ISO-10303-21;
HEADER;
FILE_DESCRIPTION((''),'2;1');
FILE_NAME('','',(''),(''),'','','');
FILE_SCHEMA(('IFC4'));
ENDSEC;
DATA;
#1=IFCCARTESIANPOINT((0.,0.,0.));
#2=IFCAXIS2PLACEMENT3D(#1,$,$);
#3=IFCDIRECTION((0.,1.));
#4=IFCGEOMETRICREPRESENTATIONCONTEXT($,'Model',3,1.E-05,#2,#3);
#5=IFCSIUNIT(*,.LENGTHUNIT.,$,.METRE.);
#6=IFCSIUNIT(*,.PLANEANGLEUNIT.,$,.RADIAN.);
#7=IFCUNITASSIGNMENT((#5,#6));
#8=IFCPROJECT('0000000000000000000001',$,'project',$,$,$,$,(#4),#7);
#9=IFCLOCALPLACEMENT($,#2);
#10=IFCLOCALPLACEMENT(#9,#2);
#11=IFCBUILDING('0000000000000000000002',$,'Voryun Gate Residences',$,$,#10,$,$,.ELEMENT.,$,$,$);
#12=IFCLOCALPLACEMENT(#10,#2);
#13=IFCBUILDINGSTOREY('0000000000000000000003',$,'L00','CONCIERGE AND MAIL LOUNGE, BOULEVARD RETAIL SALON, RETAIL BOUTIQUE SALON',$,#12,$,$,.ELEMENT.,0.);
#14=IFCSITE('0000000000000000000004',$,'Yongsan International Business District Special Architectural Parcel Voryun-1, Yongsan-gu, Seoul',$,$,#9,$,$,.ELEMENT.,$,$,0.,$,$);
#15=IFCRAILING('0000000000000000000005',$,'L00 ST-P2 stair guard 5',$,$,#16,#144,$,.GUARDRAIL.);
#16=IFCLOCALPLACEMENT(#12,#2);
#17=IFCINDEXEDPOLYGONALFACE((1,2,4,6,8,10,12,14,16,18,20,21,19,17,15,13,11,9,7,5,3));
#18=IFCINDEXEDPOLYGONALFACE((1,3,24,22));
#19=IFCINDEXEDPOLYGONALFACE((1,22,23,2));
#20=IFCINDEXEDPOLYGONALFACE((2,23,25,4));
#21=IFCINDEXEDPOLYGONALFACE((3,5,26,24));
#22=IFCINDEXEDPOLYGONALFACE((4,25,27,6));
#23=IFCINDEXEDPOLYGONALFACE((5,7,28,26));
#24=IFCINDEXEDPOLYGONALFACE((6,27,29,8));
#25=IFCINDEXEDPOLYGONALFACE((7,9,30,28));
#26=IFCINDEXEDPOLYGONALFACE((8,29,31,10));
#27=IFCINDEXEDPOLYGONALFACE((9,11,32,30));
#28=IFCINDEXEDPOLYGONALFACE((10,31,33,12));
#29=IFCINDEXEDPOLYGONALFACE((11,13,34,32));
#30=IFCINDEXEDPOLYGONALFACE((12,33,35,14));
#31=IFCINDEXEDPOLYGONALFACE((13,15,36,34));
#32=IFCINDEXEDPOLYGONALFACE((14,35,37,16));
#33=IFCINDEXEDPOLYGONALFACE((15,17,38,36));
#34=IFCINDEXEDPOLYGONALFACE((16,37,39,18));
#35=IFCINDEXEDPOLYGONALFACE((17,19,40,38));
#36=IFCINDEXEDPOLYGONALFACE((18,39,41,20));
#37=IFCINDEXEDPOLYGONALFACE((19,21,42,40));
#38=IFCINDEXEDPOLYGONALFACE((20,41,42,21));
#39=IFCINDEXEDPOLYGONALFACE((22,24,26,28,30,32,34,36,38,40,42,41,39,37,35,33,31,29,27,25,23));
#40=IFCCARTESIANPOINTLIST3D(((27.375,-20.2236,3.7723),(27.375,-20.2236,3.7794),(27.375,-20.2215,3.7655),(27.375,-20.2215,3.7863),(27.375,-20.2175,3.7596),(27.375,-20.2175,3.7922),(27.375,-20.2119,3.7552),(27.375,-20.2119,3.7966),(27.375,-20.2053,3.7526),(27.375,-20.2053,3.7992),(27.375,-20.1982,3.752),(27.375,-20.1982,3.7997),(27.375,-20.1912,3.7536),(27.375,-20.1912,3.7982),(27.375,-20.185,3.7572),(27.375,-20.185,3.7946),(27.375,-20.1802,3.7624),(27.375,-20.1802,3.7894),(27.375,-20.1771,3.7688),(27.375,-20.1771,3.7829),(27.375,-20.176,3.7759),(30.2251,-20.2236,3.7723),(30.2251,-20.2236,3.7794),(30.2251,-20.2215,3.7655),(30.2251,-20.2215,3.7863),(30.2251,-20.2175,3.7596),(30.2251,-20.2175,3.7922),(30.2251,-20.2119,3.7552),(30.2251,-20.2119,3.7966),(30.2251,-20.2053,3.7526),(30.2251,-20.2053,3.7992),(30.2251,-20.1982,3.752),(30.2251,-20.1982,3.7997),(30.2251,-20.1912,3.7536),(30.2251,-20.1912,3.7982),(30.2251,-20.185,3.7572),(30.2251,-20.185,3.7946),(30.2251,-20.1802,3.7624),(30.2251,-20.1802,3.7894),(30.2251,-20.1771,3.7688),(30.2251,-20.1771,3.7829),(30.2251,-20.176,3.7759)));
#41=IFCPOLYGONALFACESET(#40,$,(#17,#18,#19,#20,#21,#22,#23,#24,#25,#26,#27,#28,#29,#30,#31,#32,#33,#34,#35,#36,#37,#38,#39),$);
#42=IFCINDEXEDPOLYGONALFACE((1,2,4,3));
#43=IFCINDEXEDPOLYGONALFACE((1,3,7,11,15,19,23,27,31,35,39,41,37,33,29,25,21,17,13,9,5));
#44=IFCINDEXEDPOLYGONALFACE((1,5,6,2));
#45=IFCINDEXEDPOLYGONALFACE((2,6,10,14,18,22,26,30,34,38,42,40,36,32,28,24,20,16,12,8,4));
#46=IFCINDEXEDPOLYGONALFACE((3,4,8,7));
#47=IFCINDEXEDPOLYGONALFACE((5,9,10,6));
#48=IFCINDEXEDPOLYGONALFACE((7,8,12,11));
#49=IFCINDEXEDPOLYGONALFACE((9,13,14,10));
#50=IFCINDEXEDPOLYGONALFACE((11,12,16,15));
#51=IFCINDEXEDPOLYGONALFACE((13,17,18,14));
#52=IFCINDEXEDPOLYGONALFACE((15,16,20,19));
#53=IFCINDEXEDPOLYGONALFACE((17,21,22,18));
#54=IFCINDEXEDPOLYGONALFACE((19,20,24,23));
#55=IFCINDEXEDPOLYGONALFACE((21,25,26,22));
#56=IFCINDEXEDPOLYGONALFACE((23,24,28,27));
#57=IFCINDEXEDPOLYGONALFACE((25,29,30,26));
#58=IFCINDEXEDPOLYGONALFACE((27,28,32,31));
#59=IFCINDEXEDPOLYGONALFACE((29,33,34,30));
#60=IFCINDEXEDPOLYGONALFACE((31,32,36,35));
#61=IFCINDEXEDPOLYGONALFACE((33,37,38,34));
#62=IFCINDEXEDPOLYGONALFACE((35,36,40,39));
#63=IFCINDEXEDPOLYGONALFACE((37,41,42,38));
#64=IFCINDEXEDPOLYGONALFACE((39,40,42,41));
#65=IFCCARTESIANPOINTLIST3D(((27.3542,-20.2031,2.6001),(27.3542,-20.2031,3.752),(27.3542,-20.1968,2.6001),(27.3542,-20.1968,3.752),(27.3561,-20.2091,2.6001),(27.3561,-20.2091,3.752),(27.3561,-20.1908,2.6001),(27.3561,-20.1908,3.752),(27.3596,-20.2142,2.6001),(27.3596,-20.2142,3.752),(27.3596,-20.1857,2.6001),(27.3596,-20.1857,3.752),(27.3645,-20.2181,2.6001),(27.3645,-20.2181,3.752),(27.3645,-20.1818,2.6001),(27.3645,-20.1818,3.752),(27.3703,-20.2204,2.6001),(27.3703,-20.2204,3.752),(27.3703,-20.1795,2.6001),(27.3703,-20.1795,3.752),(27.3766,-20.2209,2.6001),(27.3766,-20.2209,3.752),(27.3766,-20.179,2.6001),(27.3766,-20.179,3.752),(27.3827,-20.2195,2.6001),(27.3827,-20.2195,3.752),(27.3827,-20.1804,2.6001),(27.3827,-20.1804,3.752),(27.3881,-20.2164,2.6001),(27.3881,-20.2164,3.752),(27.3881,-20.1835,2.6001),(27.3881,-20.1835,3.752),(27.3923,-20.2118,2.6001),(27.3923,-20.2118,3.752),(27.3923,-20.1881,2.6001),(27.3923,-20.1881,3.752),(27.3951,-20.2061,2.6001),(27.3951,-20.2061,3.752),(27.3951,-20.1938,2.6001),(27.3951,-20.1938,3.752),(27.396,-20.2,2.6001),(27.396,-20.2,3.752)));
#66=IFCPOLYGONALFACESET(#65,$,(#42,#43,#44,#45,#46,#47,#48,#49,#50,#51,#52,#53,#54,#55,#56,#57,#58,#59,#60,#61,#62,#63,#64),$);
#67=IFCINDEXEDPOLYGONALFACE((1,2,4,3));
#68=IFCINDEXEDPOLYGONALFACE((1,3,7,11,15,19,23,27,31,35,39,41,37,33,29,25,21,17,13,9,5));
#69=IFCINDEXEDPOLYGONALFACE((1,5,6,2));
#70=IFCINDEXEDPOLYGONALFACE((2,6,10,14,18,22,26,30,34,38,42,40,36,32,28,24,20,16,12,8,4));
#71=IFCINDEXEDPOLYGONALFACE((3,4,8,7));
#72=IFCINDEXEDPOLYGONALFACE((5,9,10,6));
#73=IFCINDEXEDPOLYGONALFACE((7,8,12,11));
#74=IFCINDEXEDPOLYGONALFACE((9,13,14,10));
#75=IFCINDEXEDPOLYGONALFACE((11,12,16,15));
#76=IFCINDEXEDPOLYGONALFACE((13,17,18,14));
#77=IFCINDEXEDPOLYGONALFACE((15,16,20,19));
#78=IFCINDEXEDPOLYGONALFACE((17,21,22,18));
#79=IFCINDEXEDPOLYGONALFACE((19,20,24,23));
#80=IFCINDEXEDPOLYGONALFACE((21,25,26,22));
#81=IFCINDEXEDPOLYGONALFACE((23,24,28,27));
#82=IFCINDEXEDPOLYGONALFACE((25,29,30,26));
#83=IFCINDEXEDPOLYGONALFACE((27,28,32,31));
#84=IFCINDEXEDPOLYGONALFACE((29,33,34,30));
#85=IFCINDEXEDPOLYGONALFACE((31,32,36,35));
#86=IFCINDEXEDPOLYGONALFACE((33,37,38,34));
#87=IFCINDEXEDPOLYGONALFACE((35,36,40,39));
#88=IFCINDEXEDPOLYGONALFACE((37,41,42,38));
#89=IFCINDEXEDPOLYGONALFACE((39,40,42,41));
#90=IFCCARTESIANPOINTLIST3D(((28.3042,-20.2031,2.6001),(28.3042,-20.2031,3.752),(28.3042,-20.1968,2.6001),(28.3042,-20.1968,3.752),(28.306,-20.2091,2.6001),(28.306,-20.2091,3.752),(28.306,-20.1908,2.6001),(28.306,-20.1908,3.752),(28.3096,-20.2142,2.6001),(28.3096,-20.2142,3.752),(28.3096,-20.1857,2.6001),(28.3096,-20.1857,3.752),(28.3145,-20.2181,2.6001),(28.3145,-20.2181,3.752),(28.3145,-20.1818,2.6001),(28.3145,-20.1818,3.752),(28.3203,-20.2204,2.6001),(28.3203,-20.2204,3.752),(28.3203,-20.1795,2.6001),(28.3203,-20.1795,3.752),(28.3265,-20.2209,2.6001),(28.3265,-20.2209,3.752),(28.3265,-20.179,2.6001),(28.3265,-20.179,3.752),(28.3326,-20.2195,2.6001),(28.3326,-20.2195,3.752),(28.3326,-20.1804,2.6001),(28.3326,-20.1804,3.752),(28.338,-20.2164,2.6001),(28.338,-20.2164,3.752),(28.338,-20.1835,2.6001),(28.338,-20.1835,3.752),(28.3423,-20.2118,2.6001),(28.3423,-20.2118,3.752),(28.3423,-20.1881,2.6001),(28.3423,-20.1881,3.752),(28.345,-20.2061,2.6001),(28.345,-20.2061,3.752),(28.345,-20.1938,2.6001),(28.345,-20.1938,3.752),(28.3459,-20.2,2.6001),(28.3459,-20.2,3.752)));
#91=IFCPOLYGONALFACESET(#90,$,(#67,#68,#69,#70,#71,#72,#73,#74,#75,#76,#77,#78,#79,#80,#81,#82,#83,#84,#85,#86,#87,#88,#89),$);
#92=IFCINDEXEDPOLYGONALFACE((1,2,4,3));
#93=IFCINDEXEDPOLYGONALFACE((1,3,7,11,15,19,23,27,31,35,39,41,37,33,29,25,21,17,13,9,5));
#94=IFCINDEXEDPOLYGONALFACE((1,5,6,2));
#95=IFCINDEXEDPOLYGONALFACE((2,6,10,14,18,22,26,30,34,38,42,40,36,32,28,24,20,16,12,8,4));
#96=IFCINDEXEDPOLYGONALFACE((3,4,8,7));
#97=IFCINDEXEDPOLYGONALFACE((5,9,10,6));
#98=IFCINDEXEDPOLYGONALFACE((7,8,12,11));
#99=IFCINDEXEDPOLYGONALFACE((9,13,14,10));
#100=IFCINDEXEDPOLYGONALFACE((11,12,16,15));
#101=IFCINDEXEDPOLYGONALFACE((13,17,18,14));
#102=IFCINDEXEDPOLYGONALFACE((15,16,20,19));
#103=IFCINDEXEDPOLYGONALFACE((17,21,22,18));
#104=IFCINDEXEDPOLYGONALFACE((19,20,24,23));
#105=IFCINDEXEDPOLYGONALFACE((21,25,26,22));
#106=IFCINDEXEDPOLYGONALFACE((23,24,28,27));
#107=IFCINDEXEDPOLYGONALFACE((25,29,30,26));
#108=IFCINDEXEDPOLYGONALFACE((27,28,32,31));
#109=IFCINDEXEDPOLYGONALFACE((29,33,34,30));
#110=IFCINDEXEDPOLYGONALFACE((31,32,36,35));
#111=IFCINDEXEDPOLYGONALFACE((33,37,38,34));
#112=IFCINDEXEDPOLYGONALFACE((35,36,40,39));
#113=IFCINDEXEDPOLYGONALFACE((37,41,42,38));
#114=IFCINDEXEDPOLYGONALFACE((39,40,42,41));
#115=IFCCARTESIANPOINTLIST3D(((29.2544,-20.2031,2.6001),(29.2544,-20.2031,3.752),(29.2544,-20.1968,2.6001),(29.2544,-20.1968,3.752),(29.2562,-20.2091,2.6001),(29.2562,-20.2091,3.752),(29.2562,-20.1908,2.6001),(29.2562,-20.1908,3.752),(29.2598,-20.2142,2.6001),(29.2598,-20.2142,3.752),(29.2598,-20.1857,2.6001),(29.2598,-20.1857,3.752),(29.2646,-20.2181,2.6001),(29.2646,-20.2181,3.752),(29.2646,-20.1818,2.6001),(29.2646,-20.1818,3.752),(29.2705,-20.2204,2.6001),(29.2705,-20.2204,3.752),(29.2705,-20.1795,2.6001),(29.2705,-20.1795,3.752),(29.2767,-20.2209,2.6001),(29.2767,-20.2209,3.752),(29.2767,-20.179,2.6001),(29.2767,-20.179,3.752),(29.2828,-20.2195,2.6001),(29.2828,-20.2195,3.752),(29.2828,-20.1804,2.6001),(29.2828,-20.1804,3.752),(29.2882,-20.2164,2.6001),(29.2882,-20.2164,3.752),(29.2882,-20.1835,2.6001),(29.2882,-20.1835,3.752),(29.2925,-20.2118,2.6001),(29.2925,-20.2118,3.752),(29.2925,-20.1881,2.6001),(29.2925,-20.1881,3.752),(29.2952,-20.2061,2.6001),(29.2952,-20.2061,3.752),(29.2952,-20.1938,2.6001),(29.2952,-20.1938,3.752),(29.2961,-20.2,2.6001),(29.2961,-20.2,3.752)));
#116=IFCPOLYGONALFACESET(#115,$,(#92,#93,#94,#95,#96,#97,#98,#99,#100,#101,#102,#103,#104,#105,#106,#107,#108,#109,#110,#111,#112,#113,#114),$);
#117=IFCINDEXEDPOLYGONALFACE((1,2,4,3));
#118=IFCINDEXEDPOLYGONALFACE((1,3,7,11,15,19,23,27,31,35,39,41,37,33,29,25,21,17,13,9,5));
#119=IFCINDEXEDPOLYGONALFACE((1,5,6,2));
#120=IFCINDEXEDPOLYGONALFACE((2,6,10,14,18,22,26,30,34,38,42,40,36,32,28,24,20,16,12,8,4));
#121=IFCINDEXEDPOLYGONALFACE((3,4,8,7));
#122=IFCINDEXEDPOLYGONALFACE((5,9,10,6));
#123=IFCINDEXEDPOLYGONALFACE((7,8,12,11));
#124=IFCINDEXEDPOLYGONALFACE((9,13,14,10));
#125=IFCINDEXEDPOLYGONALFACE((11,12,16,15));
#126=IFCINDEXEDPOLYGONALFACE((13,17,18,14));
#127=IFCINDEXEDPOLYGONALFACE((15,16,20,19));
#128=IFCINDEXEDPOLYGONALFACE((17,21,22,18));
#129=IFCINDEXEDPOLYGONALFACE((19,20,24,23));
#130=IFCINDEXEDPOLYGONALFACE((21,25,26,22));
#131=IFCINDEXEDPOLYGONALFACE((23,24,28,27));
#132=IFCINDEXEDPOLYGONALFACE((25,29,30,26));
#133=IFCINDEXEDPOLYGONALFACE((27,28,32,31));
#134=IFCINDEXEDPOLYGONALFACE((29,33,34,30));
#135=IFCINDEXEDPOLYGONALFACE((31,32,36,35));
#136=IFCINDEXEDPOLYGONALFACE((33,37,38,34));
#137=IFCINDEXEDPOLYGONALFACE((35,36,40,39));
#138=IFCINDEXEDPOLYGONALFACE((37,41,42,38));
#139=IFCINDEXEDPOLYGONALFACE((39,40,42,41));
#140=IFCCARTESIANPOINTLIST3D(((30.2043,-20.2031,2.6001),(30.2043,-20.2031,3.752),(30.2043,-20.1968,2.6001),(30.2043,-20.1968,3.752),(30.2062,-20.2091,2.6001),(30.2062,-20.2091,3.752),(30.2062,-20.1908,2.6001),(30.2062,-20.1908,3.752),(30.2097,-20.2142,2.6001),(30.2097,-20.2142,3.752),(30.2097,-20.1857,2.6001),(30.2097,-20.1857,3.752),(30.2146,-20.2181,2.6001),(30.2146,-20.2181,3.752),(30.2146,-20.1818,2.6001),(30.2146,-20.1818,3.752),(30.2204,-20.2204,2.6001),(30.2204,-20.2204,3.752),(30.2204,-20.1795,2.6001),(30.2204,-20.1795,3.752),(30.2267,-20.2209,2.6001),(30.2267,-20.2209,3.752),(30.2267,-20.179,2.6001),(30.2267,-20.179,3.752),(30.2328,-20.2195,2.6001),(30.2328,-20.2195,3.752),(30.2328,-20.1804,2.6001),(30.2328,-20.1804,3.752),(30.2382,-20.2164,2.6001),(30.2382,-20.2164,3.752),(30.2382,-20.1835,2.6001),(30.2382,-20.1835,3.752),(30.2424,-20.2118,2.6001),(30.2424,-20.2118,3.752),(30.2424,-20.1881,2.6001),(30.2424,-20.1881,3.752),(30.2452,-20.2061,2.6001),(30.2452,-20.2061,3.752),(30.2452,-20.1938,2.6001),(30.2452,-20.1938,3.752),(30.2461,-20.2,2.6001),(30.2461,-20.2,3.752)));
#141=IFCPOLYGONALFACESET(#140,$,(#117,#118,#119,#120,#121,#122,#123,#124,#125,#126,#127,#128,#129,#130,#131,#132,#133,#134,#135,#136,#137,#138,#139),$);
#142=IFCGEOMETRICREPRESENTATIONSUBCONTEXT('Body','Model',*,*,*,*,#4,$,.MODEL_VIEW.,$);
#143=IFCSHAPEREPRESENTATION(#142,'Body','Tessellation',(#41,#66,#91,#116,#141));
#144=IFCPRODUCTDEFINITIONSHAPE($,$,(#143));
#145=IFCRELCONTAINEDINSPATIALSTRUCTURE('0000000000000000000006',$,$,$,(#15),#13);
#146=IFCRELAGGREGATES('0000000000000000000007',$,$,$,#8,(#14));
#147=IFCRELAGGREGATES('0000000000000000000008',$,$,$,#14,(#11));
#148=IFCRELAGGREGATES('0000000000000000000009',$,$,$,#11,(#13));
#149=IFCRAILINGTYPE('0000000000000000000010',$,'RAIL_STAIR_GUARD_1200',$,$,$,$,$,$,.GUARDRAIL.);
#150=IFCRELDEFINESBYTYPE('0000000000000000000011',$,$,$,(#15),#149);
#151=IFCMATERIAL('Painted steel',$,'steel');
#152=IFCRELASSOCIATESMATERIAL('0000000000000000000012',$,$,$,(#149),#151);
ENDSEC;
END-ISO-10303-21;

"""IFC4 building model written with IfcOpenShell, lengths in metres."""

from ifc_helpers import new_model, si_unit, direction, frame, origin, origin_2d, place, context, subcontext, project, spatial, circle, extrude, material, type_object, element, save


model = new_model("IFC4")

# Units and contexts
model_context = context("Model", 3, precision=1e-05, world=origin(), true_north=direction((0.0, 1.0)))
body_context = subcontext(model_context, "Body", "Model", "MODEL_VIEW")
ifc_project = project(units=[si_unit("LENGTHUNIT", "METRE"), si_unit("PLANEANGLEUNIT", "RADIAN")], contexts=[model_context])

# Site, building, storey
site_placement = place(None, origin())
site = spatial("IfcSite", under=ifc_project, at=site_placement, Name="Yongsan International Business District Special Architectural Parcel Voryun-1, Yongsan-gu, Seoul", CompositionType="ELEMENT", RefElevation=0.0)
building_placement = place(site_placement, origin())
building = spatial("IfcBuilding", under=site, at=building_placement, Name="Voryun Gate Residences", CompositionType="ELEMENT")
storey_placement = place(building_placement, origin())
storey = spatial("IfcBuildingStorey", under=building, at=storey_placement, Name="L00", Description="CONCIERGE AND MAIL LOUNGE, BOULEVARD RETAIL SALON, RETAIL BOUTIQUE SALON", CompositionType="ELEMENT", Elevation=0.0)

# Railing
ifc_material_1 = material(Name="Painted steel", Category="steel")
railing_type_1 = type_object("IfcRailingType", Name="RAIL_STAIR_GUARD_1200", PredefinedType="GUARDRAIL", material=ifc_material_1)
railing_1_placement = place(storey_placement, frame((27.375, -20.2, 2.6001)))
element("IfcRailing", 1, at=railing_1_placement, inside=storey, type_object=railing_type_1, Name="L00 ST-P2 stair guard 5", PredefinedType="GUARDRAIL", context=body_context, shape_type="SweptSolid", body=[
    extrude(circle(Radius=0.0239, at=origin_2d()), frame((0.0, 0.0, 1.1758), z_axis=(1.0, 0.0, 0.0), x_axis=(0.0, 1.0, 0.0)), (0.0, 0.0, 1.0), 2.8501),
    extrude(circle(Radius=0.021, at=origin_2d()), origin(), (0.0, 0.0, 1.0), 1.1519),
    extrude(circle(Radius=0.021, at=origin_2d()), frame((0.95, 0.0, 0.0)), (0.0, 0.0, 1.0), 1.1519),
    extrude(circle(Radius=0.021, at=origin_2d()), frame((1.9001, 0.0, 0.0)), (0.0, 0.0, 1.0), 1.1519),
    extrude(circle(Radius=0.021, at=origin_2d()), frame((2.8501, 0.0, 0.0)), (0.0, 0.0, 1.0), 1.1519),
])

save(model, "model.ifc")
